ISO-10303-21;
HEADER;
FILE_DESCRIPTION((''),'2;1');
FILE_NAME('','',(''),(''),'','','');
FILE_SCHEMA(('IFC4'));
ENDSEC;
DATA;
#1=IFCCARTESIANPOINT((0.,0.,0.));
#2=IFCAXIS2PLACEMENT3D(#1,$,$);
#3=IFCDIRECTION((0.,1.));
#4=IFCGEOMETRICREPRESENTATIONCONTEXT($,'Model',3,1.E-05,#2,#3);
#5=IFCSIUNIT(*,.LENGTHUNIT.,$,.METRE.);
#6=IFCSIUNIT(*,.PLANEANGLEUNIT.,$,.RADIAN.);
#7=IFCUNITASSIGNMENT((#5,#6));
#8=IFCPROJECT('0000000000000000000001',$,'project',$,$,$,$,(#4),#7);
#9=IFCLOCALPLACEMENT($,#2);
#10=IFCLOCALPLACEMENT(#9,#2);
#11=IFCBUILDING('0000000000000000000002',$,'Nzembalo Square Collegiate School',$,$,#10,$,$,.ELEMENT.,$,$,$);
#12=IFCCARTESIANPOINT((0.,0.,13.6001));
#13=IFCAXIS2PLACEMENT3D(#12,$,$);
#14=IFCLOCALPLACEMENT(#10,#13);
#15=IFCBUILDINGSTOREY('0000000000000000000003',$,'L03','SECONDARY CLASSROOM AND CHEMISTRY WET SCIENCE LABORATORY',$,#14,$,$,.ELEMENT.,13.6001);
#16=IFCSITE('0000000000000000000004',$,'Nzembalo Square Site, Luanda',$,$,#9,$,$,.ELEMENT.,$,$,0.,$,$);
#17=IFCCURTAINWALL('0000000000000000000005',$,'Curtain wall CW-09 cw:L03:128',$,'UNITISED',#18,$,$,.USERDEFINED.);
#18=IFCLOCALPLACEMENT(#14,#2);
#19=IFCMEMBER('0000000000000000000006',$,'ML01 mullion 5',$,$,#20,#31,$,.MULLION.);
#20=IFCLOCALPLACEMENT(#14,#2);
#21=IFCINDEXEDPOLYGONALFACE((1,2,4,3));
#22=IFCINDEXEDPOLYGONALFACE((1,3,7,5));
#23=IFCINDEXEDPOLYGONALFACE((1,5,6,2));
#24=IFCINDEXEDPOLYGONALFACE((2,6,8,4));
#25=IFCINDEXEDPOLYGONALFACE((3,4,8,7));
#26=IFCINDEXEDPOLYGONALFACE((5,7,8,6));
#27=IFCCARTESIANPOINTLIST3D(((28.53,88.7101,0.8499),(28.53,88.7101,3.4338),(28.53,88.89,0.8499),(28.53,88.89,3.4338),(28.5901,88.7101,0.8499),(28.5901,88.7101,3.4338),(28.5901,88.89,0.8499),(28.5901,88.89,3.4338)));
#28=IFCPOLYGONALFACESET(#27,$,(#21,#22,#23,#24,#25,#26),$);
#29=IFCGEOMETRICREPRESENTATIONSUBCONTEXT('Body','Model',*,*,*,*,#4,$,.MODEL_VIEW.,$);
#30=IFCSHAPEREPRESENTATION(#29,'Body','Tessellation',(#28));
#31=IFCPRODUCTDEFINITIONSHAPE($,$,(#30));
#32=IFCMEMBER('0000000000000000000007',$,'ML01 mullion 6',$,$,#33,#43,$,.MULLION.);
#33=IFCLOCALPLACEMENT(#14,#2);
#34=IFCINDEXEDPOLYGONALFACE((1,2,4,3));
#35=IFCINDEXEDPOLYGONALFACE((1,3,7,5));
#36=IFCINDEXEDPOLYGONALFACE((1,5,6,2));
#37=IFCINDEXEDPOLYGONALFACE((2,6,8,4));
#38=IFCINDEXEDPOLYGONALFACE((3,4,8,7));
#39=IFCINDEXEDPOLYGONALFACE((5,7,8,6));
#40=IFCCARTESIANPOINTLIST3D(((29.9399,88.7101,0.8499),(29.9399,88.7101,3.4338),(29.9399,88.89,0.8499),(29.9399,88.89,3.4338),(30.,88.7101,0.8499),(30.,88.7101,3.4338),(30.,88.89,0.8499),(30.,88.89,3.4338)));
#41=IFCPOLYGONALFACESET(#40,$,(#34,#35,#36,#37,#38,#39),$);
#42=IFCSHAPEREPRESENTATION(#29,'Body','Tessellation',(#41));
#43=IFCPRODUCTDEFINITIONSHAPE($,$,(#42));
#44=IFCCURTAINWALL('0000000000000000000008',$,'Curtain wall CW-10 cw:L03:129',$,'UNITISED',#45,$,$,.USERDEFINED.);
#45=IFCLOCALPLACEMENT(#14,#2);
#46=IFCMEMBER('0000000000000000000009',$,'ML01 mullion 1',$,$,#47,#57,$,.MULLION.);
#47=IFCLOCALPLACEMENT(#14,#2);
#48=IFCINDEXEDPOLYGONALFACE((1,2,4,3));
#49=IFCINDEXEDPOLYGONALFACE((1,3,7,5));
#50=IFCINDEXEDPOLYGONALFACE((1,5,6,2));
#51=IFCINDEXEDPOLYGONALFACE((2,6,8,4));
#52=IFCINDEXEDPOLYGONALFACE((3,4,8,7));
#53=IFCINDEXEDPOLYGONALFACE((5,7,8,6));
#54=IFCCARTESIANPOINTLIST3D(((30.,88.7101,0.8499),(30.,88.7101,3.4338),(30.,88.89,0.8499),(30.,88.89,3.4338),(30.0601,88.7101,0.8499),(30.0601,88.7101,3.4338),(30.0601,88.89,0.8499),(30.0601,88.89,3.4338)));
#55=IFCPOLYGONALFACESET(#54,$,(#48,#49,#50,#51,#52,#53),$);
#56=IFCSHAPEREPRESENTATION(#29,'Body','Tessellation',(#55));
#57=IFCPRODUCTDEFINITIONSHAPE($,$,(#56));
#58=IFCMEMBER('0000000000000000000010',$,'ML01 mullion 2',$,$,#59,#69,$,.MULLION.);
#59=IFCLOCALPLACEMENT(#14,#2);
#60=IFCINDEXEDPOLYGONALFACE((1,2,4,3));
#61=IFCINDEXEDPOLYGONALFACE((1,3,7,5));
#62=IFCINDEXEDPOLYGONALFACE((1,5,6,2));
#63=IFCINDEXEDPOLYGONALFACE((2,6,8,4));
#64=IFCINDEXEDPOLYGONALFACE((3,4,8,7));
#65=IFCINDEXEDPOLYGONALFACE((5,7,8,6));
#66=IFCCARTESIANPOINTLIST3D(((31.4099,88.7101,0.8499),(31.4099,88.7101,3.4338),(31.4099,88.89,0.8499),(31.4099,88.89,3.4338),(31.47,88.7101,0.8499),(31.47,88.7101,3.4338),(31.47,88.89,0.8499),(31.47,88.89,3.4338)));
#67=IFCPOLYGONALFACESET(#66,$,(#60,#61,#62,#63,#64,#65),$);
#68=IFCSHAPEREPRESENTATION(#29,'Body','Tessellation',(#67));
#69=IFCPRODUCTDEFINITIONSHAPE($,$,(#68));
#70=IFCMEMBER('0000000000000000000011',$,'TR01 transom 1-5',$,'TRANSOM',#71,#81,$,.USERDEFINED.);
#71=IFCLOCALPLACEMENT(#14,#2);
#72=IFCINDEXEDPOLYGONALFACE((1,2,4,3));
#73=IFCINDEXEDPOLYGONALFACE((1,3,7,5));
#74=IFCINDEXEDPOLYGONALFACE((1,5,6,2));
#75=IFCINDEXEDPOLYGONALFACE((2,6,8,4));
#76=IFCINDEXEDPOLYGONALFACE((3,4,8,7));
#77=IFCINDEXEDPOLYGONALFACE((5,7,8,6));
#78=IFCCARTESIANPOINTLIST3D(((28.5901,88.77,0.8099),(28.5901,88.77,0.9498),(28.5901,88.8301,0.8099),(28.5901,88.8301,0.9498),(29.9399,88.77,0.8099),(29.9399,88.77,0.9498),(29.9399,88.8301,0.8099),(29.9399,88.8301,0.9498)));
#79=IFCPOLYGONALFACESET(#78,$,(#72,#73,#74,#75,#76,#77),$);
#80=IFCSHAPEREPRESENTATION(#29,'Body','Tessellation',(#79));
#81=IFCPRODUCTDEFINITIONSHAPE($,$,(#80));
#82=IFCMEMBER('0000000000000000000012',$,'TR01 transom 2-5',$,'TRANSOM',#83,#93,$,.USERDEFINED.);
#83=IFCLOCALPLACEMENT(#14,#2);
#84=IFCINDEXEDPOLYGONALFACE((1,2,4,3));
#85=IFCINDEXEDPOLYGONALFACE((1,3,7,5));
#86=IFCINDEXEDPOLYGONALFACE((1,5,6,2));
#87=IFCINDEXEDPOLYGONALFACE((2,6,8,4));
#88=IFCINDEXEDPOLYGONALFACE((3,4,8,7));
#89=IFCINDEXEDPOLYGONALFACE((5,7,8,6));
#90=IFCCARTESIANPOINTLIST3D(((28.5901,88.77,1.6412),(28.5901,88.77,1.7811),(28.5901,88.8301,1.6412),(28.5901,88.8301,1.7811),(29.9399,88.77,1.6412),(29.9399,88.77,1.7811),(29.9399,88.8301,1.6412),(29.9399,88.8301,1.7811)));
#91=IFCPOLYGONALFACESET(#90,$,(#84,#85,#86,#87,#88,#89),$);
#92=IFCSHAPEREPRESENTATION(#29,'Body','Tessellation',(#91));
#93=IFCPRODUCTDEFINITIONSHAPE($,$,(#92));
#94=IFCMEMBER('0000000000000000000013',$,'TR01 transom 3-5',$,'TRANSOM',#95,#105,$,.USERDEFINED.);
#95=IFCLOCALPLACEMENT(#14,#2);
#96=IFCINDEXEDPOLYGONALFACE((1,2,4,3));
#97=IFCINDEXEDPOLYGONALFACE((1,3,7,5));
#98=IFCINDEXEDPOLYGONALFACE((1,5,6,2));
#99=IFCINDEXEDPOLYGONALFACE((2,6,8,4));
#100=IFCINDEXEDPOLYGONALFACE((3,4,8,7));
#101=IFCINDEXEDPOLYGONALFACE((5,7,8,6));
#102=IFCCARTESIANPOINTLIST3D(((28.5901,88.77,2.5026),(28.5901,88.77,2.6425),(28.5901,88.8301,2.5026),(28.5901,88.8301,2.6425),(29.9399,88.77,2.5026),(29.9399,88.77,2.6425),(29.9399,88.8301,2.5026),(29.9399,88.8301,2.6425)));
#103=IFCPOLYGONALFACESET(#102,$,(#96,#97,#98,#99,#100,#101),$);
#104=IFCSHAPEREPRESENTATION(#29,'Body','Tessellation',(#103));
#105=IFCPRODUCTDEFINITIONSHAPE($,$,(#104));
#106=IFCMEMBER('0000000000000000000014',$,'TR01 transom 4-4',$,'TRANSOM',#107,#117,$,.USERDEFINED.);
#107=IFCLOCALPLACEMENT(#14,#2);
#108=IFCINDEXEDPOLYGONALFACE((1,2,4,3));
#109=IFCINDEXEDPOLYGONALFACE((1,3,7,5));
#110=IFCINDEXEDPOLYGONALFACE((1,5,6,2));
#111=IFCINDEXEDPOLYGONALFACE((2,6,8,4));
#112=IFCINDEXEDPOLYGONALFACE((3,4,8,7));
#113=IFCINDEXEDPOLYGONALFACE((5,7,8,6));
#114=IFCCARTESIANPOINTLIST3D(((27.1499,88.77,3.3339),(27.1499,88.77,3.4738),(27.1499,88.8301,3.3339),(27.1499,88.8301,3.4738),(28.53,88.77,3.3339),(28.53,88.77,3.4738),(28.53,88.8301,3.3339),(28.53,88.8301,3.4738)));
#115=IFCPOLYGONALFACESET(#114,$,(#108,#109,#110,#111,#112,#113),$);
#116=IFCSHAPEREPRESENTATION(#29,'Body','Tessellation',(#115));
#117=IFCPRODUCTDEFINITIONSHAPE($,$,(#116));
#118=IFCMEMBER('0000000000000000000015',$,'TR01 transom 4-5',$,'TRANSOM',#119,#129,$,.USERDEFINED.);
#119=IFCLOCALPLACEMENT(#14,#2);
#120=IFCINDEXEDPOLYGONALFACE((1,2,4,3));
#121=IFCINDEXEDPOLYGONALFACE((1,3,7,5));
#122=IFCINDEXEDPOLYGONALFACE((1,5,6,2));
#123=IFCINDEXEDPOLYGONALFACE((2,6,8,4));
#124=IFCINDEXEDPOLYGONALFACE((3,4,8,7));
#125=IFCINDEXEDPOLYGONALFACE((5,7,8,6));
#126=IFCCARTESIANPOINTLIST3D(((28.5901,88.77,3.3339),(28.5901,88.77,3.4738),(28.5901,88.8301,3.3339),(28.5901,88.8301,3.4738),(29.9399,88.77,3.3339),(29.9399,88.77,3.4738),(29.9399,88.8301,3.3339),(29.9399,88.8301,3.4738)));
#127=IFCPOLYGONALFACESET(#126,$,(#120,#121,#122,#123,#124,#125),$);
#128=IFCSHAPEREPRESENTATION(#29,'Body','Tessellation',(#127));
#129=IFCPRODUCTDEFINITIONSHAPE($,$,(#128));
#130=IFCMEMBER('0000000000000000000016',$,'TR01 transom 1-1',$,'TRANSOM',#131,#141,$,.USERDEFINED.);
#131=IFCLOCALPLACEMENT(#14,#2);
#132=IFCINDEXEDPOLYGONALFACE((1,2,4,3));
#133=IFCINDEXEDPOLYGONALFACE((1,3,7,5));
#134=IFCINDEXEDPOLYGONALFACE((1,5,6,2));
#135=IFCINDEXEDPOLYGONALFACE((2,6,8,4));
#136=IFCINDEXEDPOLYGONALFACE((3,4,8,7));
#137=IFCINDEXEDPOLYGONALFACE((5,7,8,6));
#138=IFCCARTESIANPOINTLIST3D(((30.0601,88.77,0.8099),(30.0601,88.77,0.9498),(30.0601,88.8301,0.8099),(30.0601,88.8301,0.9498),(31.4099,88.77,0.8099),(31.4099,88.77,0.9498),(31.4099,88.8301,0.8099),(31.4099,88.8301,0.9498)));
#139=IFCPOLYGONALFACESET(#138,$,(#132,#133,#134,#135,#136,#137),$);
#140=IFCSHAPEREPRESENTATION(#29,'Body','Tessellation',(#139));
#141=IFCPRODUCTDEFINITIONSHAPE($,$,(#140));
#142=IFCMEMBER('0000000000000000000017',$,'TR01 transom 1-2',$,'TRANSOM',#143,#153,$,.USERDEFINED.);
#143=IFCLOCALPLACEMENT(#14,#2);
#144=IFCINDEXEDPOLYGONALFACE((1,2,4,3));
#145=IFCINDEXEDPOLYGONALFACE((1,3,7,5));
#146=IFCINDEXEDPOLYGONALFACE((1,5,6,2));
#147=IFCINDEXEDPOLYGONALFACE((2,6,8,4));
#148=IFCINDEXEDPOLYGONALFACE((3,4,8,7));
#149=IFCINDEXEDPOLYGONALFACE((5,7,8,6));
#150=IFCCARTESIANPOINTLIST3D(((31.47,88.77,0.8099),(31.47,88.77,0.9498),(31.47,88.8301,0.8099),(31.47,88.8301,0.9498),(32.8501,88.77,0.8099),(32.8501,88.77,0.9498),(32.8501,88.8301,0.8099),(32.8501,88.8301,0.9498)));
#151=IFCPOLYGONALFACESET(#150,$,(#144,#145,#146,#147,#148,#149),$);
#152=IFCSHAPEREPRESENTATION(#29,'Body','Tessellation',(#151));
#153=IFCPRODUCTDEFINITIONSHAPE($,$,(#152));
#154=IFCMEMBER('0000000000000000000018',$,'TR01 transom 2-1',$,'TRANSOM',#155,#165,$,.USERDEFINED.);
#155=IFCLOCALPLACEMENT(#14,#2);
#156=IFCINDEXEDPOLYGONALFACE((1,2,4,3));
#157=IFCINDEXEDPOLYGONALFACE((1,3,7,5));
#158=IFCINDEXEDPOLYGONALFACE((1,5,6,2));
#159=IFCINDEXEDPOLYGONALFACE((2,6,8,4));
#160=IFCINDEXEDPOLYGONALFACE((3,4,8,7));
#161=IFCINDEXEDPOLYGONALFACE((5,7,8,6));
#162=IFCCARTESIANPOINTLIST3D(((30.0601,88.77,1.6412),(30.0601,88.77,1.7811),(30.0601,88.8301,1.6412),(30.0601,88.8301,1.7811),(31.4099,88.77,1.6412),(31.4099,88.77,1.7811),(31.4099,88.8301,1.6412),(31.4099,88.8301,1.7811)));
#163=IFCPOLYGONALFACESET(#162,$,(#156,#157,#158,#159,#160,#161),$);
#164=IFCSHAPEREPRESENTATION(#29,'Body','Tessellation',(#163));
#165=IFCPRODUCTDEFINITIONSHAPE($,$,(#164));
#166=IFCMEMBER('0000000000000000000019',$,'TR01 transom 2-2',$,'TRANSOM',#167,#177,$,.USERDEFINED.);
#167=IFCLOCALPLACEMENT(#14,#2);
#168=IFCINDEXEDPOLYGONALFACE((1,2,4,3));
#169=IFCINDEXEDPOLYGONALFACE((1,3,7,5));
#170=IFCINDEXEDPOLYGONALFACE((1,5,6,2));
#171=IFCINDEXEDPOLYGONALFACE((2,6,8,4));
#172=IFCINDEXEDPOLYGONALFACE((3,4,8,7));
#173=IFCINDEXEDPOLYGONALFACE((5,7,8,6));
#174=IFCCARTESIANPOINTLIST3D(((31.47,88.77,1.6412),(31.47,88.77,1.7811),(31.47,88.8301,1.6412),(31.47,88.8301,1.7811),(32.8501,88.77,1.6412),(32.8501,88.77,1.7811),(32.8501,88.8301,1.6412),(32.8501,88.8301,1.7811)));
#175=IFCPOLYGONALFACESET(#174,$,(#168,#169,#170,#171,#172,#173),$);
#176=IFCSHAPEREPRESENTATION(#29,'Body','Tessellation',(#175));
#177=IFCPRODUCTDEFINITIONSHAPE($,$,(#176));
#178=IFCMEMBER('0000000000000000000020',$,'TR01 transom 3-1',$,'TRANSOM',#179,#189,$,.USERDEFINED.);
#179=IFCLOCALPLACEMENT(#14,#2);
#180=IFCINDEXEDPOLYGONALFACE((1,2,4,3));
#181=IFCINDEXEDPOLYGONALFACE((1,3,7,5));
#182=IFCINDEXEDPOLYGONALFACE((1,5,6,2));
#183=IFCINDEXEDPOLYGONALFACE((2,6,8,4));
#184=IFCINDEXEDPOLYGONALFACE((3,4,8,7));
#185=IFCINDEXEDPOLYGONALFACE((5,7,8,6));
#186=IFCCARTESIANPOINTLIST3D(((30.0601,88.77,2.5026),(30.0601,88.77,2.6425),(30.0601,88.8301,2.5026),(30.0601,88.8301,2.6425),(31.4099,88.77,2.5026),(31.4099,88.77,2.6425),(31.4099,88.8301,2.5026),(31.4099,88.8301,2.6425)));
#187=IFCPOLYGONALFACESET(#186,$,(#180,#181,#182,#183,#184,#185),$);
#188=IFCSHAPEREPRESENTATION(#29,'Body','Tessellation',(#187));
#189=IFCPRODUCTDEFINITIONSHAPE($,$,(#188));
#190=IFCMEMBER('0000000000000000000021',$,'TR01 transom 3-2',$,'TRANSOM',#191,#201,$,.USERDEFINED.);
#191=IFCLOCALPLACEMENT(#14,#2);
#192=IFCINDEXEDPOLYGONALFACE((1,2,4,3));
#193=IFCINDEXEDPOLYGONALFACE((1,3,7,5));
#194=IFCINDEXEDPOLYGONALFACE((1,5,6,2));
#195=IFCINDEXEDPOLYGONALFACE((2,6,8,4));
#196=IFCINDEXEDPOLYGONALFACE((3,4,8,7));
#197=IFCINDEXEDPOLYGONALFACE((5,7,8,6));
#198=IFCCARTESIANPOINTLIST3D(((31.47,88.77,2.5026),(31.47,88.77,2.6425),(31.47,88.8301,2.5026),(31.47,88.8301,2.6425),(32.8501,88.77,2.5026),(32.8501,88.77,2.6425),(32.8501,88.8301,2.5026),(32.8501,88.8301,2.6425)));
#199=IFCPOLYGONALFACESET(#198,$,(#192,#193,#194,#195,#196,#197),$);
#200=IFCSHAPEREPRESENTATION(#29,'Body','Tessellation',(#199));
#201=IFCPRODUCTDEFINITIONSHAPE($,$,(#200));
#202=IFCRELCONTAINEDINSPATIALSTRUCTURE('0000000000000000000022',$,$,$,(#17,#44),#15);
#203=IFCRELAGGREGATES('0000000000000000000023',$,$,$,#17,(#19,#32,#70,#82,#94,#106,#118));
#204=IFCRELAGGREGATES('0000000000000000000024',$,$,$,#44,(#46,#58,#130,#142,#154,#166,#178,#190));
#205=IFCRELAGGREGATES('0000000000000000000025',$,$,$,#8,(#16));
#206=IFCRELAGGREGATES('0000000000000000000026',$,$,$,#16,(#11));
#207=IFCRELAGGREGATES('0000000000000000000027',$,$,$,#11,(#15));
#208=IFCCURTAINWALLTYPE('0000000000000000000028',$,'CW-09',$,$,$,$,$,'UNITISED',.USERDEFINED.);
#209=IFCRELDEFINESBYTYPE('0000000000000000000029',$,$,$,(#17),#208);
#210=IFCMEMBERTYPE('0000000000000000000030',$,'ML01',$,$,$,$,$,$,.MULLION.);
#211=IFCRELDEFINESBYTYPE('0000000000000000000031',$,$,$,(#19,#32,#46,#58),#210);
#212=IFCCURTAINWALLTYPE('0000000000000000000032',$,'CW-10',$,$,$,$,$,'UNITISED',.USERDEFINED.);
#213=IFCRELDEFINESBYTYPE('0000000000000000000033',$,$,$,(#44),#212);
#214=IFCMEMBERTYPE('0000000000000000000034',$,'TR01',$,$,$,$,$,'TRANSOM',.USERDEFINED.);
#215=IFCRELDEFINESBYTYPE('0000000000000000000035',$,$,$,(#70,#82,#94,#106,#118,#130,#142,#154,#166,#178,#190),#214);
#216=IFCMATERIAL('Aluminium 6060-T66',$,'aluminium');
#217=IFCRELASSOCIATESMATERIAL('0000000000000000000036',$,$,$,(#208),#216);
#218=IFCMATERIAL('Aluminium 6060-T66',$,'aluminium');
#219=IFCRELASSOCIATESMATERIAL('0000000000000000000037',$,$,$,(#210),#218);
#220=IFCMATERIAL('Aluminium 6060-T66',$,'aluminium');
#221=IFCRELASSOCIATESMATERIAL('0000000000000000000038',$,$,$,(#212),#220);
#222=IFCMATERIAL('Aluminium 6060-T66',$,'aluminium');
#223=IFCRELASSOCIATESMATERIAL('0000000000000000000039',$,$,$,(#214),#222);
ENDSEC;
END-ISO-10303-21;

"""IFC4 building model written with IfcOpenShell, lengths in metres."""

from ifc_helpers import new_model, si_unit, direction, frame, origin, origin_2d, place, context, subcontext, project, spatial, rectangle, extrude, material, material_profile, profile_set, type_object, element, aggregate, save


model = new_model("IFC4")

# Units and contexts
model_context = context("Model", 3, precision=1e-05, world=origin(), true_north=direction((0.0, 1.0)))
body_context = subcontext(model_context, "Body", "Model", "MODEL_VIEW")
ifc_project = project(units=[si_unit("LENGTHUNIT", "METRE"), si_unit("PLANEANGLEUNIT", "RADIAN")], contexts=[model_context])

# Site, building, storey
site_placement = place(None, origin())
site = spatial("IfcSite", under=ifc_project, at=site_placement, Name="Nzembalo Square Site, Luanda", CompositionType="ELEMENT", RefElevation=0.0)
building_placement = place(site_placement, origin())
building = spatial("IfcBuilding", under=site, at=building_placement, Name="Nzembalo Square Collegiate School", CompositionType="ELEMENT")
storey_placement = place(building_placement, frame((0.0, 0.0, 13.6001)))
storey = spatial("IfcBuildingStorey", under=building, at=storey_placement, Name="L03", Description="SECONDARY CLASSROOM AND CHEMISTRY WET SCIENCE LABORATORY", CompositionType="ELEMENT", Elevation=13.6001)

# Curtain walls, members
ifc_material_1 = material(Name="Aluminium 6060-T66", Category="aluminium")
curtain_wall_type_1 = type_object("IfcCurtainWallType", Name="CW-09", ElementType="UNITISED", PredefinedType="USERDEFINED", material=ifc_material_1)
curtain_wall_1_placement = place(storey_placement, origin())
curtain_wall_1 = element("IfcCurtainWall", 1, at=curtain_wall_1_placement, inside=storey, type_object=curtain_wall_type_1, Name="Curtain wall CW-09 cw:L03:128", ObjectType="UNITISED", PredefinedType="USERDEFINED")
ifc_material_2 = material(Name="Aluminium 6060-T66", Category="aluminium")
ifc_material_profile_1 = material_profile(ifc_material_2, rectangle(XDim=0.0601, YDim=0.1799, at=origin_2d()), Name="ALU M60x180")
ifc_profile_set_1 = profile_set([ifc_material_profile_1], Name="Aluminium 6060-T66")
member_type_1 = type_object("IfcMemberType", Name="ML01", PredefinedType="MULLION", material=ifc_profile_set_1)
member_1_placement = place(storey_placement, frame((28.5601, 88.8, 0.8499), z_axis=(0.0, 0.0, 1.0), x_axis=(1.0, 0.0, 0.0)))
member_1 = element("IfcMember", 2, at=member_1_placement, type_object=member_type_1, Name="ML01 mullion 5", PredefinedType="MULLION", context=body_context, shape_type="SweptSolid", body=[
    extrude(rectangle(XDim=0.0601, YDim=0.1799, at=origin_2d()), origin(), (0.0, 0.0, 1.0), 2.584),
])
member_2_placement = place(storey_placement, frame((29.97, 88.8, 0.8499), z_axis=(0.0, 0.0, 1.0), x_axis=(1.0, 0.0, 0.0)))
member_2 = element("IfcMember", 3, at=member_2_placement, type_object=member_type_1, Name="ML01 mullion 6", PredefinedType="MULLION", context=body_context, shape_type="SweptSolid", body=[
    extrude(rectangle(XDim=0.0601, YDim=0.1799, at=origin_2d()), origin(), (0.0, 0.0, 1.0), 2.584),
])
ifc_material_3 = material(Name="Aluminium 6060-T66", Category="aluminium")
curtain_wall_type_2 = type_object("IfcCurtainWallType", Name="CW-10", ElementType="UNITISED", PredefinedType="USERDEFINED", material=ifc_material_3)
curtain_wall_2_placement = place(storey_placement, origin())
curtain_wall_2 = element("IfcCurtainWall", 4, at=curtain_wall_2_placement, inside=storey, type_object=curtain_wall_type_2, Name="Curtain wall CW-10 cw:L03:129", ObjectType="UNITISED", PredefinedType="USERDEFINED")
member_3_placement = place(storey_placement, frame((30.03, 88.8, 0.8499), z_axis=(0.0, 0.0, 1.0), x_axis=(1.0, 0.0, 0.0)))
member_3 = element("IfcMember", 5, at=member_3_placement, type_object=member_type_1, Name="ML01 mullion 1", PredefinedType="MULLION", context=body_context, shape_type="SweptSolid", body=[
    extrude(rectangle(XDim=0.0601, YDim=0.1799, at=origin_2d()), origin(), (0.0, 0.0, 1.0), 2.584),
])
member_4_placement = place(storey_placement, frame((31.4399, 88.8, 0.8499), z_axis=(0.0, 0.0, 1.0), x_axis=(1.0, 0.0, 0.0)))
member_4 = element("IfcMember", 6, at=member_4_placement, type_object=member_type_1, Name="ML01 mullion 2", PredefinedType="MULLION", context=body_context, shape_type="SweptSolid", body=[
    extrude(rectangle(XDim=0.0601, YDim=0.1799, at=origin_2d()), origin(), (0.0, 0.0, 1.0), 2.584),
])

# Members
ifc_material_4 = material(Name="Aluminium 6060-T66", Category="aluminium")
ifc_material_profile_2 = material_profile(ifc_material_4, rectangle(XDim=0.0601, YDim=0.1399, at=origin_2d()), Name="ALU T60x140")
ifc_profile_set_2 = profile_set([ifc_material_profile_2], Name="Aluminium 6060-T66")
member_type_2 = type_object("IfcMemberType", Name="TR01", ElementType="TRANSOM", PredefinedType="USERDEFINED", material=ifc_profile_set_2)
member_5_placement = place(storey_placement, frame((28.5901, 88.8, 0.8799), z_axis=(1.0, 0.0, 0.0), x_axis=(0.0, 1.0, 0.0)))
member_5 = element("IfcMember", 7, at=member_5_placement, type_object=member_type_2, Name="TR01 transom 1-5", ObjectType="TRANSOM", PredefinedType="USERDEFINED", context=body_context, shape_type="SweptSolid", body=[
    extrude(rectangle(XDim=0.0601, YDim=0.1399, at=origin_2d()), origin(), (0.0, 0.0, 1.0), 1.3499),
])
member_6_placement = place(storey_placement, frame((28.5901, 88.8, 1.7112), z_axis=(1.0, 0.0, 0.0), x_axis=(0.0, 1.0, 0.0)))
member_6 = element("IfcMember", 8, at=member_6_placement, type_object=member_type_2, Name="TR01 transom 2-5", ObjectType="TRANSOM", PredefinedType="USERDEFINED", context=body_context, shape_type="SweptSolid", body=[
    extrude(rectangle(XDim=0.0601, YDim=0.1399, at=origin_2d()), origin(), (0.0, 0.0, 1.0), 1.3499),
])
member_7_placement = place(storey_placement, frame((28.5901, 88.8, 2.5725), z_axis=(1.0, 0.0, 0.0), x_axis=(0.0, 1.0, 0.0)))
member_7 = element("IfcMember", 9, at=member_7_placement, type_object=member_type_2, Name="TR01 transom 3-5", ObjectType="TRANSOM", PredefinedType="USERDEFINED", context=body_context, shape_type="SweptSolid", body=[
    extrude(rectangle(XDim=0.0601, YDim=0.1399, at=origin_2d()), origin(), (0.0, 0.0, 1.0), 1.3499),
])
member_8_placement = place(storey_placement, frame((27.1499, 88.8, 3.4038), z_axis=(1.0, 0.0, 0.0), x_axis=(0.0, 1.0, 0.0)))
member_8 = element("IfcMember", 10, at=member_8_placement, type_object=member_type_2, Name="TR01 transom 4-4", ObjectType="TRANSOM", PredefinedType="USERDEFINED", context=body_context, shape_type="SweptSolid", body=[
    extrude(rectangle(XDim=0.0601, YDim=0.1399, at=origin_2d()), origin(), (0.0, 0.0, 1.0), 1.3801),
])
member_9_placement = place(storey_placement, frame((28.5901, 88.8, 3.4038), z_axis=(1.0, 0.0, 0.0), x_axis=(0.0, 1.0, 0.0)))
member_9 = element("IfcMember", 11, at=member_9_placement, type_object=member_type_2, Name="TR01 transom 4-5", ObjectType="TRANSOM", PredefinedType="USERDEFINED", context=body_context, shape_type="SweptSolid", body=[
    extrude(rectangle(XDim=0.0601, YDim=0.1399, at=origin_2d()), origin(), (0.0, 0.0, 1.0), 1.3499),
])
member_10_placement = place(storey_placement, frame((30.0601, 88.8, 0.8799), z_axis=(1.0, 0.0, 0.0), x_axis=(0.0, 1.0, 0.0)))
member_10 = element("IfcMember", 12, at=member_10_placement, type_object=member_type_2, Name="TR01 transom 1-1", ObjectType="TRANSOM", PredefinedType="USERDEFINED", context=body_context, shape_type="SweptSolid", body=[
    extrude(rectangle(XDim=0.0601, YDim=0.1399, at=origin_2d()), origin(), (0.0, 0.0, 1.0), 1.3499),
])
member_11_placement = place(storey_placement, frame((31.47, 88.8, 0.8799), z_axis=(1.0, 0.0, 0.0), x_axis=(0.0, 1.0, 0.0)))
member_11 = element("IfcMember", 13, at=member_11_placement, type_object=member_type_2, Name="TR01 transom 1-2", ObjectType="TRANSOM", PredefinedType="USERDEFINED", context=body_context, shape_type="SweptSolid", body=[
    extrude(rectangle(XDim=0.0601, YDim=0.1399, at=origin_2d()), origin(), (0.0, 0.0, 1.0), 1.3801),
])
member_12_placement = place(storey_placement, frame((30.0601, 88.8, 1.7112), z_axis=(1.0, 0.0, 0.0), x_axis=(0.0, 1.0, 0.0)))
member_12 = element("IfcMember", 14, at=member_12_placement, type_object=member_type_2, Name="TR01 transom 2-1", ObjectType="TRANSOM", PredefinedType="USERDEFINED", context=body_context, shape_type="SweptSolid", body=[
    extrude(rectangle(XDim=0.0601, YDim=0.1399, at=origin_2d()), origin(), (0.0, 0.0, 1.0), 1.3499),
])
member_13_placement = place(storey_placement, frame((31.47, 88.8, 1.7112), z_axis=(1.0, 0.0, 0.0), x_axis=(0.0, 1.0, 0.0)))
member_13 = element("IfcMember", 15, at=member_13_placement, type_object=member_type_2, Name="TR01 transom 2-2", ObjectType="TRANSOM", PredefinedType="USERDEFINED", context=body_context, shape_type="SweptSolid", body=[
    extrude(rectangle(XDim=0.0601, YDim=0.1399, at=origin_2d()), origin(), (0.0, 0.0, 1.0), 1.3801),
])
member_14_placement = place(storey_placement, frame((30.0601, 88.8, 2.5725), z_axis=(1.0, 0.0, 0.0), x_axis=(0.0, 1.0, 0.0)))
member_14 = element("IfcMember", 16, at=member_14_placement, type_object=member_type_2, Name="TR01 transom 3-1", ObjectType="TRANSOM", PredefinedType="USERDEFINED", context=body_context, shape_type="SweptSolid", body=[
    extrude(rectangle(XDim=0.0601, YDim=0.1399, at=origin_2d()), origin(), (0.0, 0.0, 1.0), 1.3499),
])
member_15_placement = place(storey_placement, frame((31.47, 88.8, 2.5725), z_axis=(1.0, 0.0, 0.0), x_axis=(0.0, 1.0, 0.0)))
member_15 = element("IfcMember", 17, at=member_15_placement, type_object=member_type_2, Name="TR01 transom 3-2", ObjectType="TRANSOM", PredefinedType="USERDEFINED", context=body_context, shape_type="SweptSolid", body=[
    extrude(rectangle(XDim=0.0601, YDim=0.1399, at=origin_2d()), origin(), (0.0, 0.0, 1.0), 1.3801),
])

aggregate(curtain_wall_1, [member_1, member_2, member_5, member_6, member_7, member_8, member_9])
aggregate(curtain_wall_2, [member_3, member_4, member_10, member_11, member_12, member_13, member_14, member_15])

save(model, "model.ifc")
